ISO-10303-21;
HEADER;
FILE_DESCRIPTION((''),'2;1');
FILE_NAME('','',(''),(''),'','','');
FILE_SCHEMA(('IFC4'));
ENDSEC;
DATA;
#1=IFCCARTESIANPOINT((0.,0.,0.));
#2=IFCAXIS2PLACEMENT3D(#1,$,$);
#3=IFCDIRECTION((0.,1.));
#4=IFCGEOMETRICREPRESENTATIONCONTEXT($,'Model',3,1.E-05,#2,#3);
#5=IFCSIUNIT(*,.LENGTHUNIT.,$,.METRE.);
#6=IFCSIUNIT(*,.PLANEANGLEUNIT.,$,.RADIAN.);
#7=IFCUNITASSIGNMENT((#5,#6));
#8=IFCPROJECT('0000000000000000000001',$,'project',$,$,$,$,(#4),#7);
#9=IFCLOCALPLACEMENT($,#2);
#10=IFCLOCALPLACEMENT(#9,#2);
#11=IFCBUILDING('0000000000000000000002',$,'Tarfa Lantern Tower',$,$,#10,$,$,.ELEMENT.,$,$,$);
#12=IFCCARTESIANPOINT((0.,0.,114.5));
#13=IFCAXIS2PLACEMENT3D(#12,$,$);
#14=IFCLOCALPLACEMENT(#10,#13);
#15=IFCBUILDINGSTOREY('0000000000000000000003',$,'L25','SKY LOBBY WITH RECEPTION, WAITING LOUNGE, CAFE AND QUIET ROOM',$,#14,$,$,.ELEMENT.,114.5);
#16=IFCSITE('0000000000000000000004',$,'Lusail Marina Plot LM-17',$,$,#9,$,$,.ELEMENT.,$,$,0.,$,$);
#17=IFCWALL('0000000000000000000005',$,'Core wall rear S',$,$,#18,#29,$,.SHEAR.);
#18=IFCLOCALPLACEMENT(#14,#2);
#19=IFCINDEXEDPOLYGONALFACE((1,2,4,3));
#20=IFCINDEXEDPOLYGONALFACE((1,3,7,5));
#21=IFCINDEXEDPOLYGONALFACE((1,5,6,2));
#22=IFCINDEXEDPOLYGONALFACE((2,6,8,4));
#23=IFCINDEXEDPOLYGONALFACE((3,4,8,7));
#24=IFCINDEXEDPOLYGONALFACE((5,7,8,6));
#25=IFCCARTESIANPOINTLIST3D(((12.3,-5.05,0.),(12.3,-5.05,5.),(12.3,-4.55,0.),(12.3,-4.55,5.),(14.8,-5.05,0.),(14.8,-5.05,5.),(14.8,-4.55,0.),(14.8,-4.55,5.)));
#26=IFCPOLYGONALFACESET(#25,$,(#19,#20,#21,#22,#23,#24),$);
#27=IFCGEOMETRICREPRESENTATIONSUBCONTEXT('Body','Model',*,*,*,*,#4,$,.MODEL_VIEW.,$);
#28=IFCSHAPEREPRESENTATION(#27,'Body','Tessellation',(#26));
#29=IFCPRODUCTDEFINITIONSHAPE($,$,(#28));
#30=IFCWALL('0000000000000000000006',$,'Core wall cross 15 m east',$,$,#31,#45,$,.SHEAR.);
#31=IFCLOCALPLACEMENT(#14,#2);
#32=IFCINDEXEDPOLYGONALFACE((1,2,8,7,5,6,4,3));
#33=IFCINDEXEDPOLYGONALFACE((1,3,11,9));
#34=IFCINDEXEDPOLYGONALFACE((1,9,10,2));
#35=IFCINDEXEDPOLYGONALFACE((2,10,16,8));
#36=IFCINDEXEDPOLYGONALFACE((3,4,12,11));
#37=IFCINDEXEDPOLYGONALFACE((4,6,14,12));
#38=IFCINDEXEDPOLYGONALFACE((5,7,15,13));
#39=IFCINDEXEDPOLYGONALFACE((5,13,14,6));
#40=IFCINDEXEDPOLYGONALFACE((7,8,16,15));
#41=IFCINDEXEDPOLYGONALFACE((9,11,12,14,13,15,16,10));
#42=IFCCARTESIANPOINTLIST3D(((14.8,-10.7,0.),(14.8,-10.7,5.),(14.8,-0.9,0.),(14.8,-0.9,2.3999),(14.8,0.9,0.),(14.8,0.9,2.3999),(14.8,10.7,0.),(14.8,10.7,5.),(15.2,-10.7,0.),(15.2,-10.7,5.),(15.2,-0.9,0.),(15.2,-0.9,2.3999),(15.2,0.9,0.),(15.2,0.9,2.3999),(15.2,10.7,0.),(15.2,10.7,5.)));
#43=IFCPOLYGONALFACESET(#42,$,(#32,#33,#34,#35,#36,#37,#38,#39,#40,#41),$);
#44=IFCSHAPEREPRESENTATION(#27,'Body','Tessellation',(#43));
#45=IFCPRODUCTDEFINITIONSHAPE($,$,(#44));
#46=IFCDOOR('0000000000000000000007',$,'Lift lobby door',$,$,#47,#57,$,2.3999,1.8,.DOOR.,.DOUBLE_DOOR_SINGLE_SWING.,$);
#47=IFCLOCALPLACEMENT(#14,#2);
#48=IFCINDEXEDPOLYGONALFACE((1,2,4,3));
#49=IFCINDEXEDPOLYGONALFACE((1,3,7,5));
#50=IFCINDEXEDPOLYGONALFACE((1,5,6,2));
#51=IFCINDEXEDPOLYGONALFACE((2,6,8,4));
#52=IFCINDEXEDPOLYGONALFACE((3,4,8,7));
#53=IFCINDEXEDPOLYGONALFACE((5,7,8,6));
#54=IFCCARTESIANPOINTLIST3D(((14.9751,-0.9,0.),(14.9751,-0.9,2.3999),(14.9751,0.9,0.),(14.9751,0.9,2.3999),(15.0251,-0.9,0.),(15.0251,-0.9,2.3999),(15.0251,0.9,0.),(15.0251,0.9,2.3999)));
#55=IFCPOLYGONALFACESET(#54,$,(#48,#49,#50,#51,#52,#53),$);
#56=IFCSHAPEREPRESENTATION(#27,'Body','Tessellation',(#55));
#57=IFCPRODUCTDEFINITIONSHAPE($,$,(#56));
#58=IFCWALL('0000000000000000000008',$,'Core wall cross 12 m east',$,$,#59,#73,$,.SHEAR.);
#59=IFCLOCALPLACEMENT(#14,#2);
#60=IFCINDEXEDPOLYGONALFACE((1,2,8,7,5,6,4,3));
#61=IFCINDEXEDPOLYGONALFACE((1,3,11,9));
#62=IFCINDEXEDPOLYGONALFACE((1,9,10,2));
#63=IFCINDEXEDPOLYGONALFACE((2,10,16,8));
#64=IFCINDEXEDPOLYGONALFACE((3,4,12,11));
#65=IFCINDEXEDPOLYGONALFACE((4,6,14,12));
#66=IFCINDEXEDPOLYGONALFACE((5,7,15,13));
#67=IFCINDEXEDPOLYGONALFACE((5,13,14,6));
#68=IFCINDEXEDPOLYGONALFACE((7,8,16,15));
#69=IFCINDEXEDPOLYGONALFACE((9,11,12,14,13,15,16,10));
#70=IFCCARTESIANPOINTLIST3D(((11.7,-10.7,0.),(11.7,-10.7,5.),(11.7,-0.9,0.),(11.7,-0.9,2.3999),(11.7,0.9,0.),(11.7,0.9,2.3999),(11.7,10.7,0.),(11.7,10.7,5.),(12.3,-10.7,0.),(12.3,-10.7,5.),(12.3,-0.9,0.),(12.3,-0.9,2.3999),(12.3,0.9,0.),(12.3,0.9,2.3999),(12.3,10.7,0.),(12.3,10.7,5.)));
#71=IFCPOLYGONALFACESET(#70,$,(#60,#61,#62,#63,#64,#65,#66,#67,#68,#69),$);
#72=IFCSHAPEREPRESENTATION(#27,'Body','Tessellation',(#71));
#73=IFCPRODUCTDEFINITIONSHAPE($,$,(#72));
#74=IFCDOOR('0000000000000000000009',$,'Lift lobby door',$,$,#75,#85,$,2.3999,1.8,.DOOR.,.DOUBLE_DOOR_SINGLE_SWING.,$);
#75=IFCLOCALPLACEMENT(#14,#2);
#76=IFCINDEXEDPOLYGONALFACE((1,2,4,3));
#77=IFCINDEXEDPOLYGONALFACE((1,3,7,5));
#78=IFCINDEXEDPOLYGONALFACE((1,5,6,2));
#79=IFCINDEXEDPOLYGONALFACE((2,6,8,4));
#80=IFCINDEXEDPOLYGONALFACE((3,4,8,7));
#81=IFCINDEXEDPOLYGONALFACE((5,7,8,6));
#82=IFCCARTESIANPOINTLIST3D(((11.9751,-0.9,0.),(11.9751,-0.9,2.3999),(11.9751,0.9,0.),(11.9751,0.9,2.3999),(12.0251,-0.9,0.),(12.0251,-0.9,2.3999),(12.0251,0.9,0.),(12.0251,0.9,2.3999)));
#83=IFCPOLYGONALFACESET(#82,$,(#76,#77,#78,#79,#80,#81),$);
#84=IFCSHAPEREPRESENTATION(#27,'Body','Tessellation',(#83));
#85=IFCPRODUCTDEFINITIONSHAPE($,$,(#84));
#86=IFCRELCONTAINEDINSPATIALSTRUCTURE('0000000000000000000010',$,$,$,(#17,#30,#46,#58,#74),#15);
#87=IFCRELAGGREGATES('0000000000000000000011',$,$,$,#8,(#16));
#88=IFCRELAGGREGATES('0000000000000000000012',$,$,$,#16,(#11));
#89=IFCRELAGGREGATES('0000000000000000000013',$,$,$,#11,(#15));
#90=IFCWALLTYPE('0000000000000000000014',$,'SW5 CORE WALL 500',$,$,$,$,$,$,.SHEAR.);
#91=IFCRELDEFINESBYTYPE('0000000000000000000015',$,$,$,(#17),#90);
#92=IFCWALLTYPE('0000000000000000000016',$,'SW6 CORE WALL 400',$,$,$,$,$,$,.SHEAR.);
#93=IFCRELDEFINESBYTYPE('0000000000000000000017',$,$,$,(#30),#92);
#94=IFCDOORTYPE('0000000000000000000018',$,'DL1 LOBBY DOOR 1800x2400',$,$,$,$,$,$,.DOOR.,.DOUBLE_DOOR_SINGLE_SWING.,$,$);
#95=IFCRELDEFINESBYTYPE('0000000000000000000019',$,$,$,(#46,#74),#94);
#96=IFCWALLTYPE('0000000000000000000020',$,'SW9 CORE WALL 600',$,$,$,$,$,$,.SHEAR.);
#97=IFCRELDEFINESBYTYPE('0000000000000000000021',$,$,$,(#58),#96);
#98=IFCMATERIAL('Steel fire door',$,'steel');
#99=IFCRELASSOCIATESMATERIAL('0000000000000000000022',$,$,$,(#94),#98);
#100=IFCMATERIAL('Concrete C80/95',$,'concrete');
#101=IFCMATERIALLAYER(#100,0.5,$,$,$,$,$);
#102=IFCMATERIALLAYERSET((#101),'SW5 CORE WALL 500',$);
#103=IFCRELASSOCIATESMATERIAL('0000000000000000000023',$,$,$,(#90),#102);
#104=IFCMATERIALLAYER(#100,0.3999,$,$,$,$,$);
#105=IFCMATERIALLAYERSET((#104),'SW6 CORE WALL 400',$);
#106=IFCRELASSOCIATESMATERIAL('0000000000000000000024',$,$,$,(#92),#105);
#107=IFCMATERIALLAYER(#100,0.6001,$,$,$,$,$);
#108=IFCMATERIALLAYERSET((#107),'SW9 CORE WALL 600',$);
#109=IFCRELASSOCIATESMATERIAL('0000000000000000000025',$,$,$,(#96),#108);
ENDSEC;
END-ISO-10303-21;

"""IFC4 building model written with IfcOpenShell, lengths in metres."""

from ifc_helpers import new_model, si_unit, direction, frame, frame_2d, origin, place, context, subcontext, project, spatial, rectangle, extrude, material, layer, layer_set, type_object, element, fill, save


model = new_model("IFC4")

# Units and contexts
model_context = context("Model", 3, precision=1e-05, world=origin(), true_north=direction((0.0, 1.0)))
body_context = subcontext(model_context, "Body", "Model", "MODEL_VIEW")
ifc_project = project(units=[si_unit("LENGTHUNIT", "METRE"), si_unit("PLANEANGLEUNIT", "RADIAN")], contexts=[model_context])

# Site, building, storey
site_placement = place(None, origin())
site = spatial("IfcSite", under=ifc_project, at=site_placement, Name="Lusail Marina Plot LM-17", CompositionType="ELEMENT", RefElevation=0.0)
building_placement = place(site_placement, origin())
building = spatial("IfcBuilding", under=site, at=building_placement, Name="Tarfa Lantern Tower", CompositionType="ELEMENT")
storey_placement = place(building_placement, frame((0.0, 0.0, 114.5)))
storey = spatial("IfcBuildingStorey", under=building, at=storey_placement, Name="L25", Description="SKY LOBBY WITH RECEPTION, WAITING LOUNGE, CAFE AND QUIET ROOM", CompositionType="ELEMENT", Elevation=114.5)

# Shared definitions
ifc_material_1 = material(Name="Concrete C80/95", Category="concrete")
ifc_material_2 = material(Name="Steel fire door", Category="steel")
door_type_1 = type_object("IfcDoorType", Name="DL1 LOBBY DOOR 1800x2400", OperationType="DOUBLE_DOOR_SINGLE_SWING", PredefinedType="DOOR", material=ifc_material_2)
ifc_layer_1 = layer(ifc_material_1, 0.5)
ifc_layer_set_1 = layer_set([ifc_layer_1], Name="SW5 CORE WALL 500")
wall_type_1 = type_object("IfcWallType", Name="SW5 CORE WALL 500", PredefinedType="SHEAR", material=ifc_layer_set_1)

# Wall
wall_1_placement = place(storey_placement, frame((14.8, -4.8, 0.0), z_axis=(0.0, 0.0, 1.0), x_axis=(-1.0, 0.0, 0.0)))
element("IfcWall", 1, at=wall_1_placement, inside=storey, type_object=wall_type_1, Name="Core wall rear S", PredefinedType="SHEAR", context=body_context, shape_type="SweptSolid", body=[
    extrude(rectangle(XDim=2.5, YDim=0.5, at=frame_2d((1.25, 0.0))), origin(), (0.0, 0.0, 1.0), 5.0),
])

# Walls, openings, doors
ifc_layer_2 = layer(ifc_material_1, 0.3999)
ifc_layer_set_2 = layer_set([ifc_layer_2], Name="SW6 CORE WALL 400")
wall_type_2 = type_object("IfcWallType", Name="SW6 CORE WALL 400", PredefinedType="SHEAR", material=ifc_layer_set_2)
wall_2_placement = place(storey_placement, frame((15.0, -10.7, 0.0), z_axis=(0.0, 0.0, 1.0), x_axis=(0.0, 1.0, 0.0)))
wall_2 = element("IfcWall", 2, at=wall_2_placement, inside=storey, type_object=wall_type_2, Name="Core wall cross 15 m east", PredefinedType="SHEAR", context=body_context, shape_type="SweptSolid", body=[
    extrude(rectangle(XDim=21.3999, YDim=0.3999, at=frame_2d((10.7, 0.0))), origin(), (0.0, 0.0, 1.0), 5.0),
])
opening_1_placement = place(wall_2_placement, frame((9.8, 0.0, 0.0)))
opening_1 = element("IfcOpeningElement", 3, at=opening_1_placement, cuts=wall_2, PredefinedType="OPENING", context=body_context, shape_type="SweptSolid", body=[
    extrude(rectangle(XDim=1.8, YDim=2.3999, at=frame_2d((0.8999, 1.2))), frame((0.0, 0.21, 0.0), z_axis=(0.0, -1.0, 0.0), x_axis=(1.0, 0.0, 0.0)), (0.0, 0.0, 1.0), 0.4199),
])
door_1_placement = place(opening_1_placement, origin())
door_1 = element("IfcDoor", 4, at=door_1_placement, inside=storey, type_object=door_type_1, Name="Lift lobby door", OperationType="DOUBLE_DOOR_SINGLE_SWING", OverallHeight=2.3999, OverallWidth=1.8, PredefinedType="DOOR", context=body_context, shape_type="SweptSolid", body=[
    extrude(rectangle(XDim=1.8, YDim=2.3999, at=frame_2d((0.8999, 1.2))), frame((0.0, 0.0249, 0.0), z_axis=(0.0, -1.0, 0.0), x_axis=(1.0, 0.0, 0.0)), (0.0, 0.0, 1.0), 0.05),
])
fill(opening_1, door_1)
ifc_layer_3 = layer(ifc_material_1, 0.6001)
ifc_layer_set_3 = layer_set([ifc_layer_3], Name="SW9 CORE WALL 600")
wall_type_3 = type_object("IfcWallType", Name="SW9 CORE WALL 600", PredefinedType="SHEAR", material=ifc_layer_set_3)
wall_3_placement = place(storey_placement, frame((12.0, -10.7, 0.0), z_axis=(0.0, 0.0, 1.0), x_axis=(0.0, 1.0, 0.0)))
wall_3 = element("IfcWall", 5, at=wall_3_placement, inside=storey, type_object=wall_type_3, Name="Core wall cross 12 m east", PredefinedType="SHEAR", context=body_context, shape_type="SweptSolid", body=[
    extrude(rectangle(XDim=21.3999, YDim=0.6001, at=frame_2d((10.7, 0.0))), origin(), (0.0, 0.0, 1.0), 5.0),
])
opening_2_placement = place(wall_3_placement, frame((9.8, 0.0, 0.0)))
opening_2 = element("IfcOpeningElement", 6, at=opening_2_placement, cuts=wall_3, PredefinedType="OPENING", context=body_context, shape_type="SweptSolid", body=[
    extrude(rectangle(XDim=1.8, YDim=2.3999, at=frame_2d((0.8999, 1.2))), frame((0.0, 0.3101, 0.0), z_axis=(0.0, -1.0, 0.0), x_axis=(1.0, 0.0, 0.0)), (0.0, 0.0, 1.0), 0.6201),
])
door_2_placement = place(opening_2_placement, origin())
door_2 = element("IfcDoor", 7, at=door_2_placement, inside=storey, type_object=door_type_1, Name="Lift lobby door", OperationType="DOUBLE_DOOR_SINGLE_SWING", OverallHeight=2.3999, OverallWidth=1.8, PredefinedType="DOOR", context=body_context, shape_type="SweptSolid", body=[
    extrude(rectangle(XDim=1.8, YDim=2.3999, at=frame_2d((0.8999, 1.2))), frame((0.0, 0.0249, 0.0), z_axis=(0.0, -1.0, 0.0), x_axis=(1.0, 0.0, 0.0)), (0.0, 0.0, 1.0), 0.05),
])
fill(opening_2, door_2)

save(model, "model.ifc")
